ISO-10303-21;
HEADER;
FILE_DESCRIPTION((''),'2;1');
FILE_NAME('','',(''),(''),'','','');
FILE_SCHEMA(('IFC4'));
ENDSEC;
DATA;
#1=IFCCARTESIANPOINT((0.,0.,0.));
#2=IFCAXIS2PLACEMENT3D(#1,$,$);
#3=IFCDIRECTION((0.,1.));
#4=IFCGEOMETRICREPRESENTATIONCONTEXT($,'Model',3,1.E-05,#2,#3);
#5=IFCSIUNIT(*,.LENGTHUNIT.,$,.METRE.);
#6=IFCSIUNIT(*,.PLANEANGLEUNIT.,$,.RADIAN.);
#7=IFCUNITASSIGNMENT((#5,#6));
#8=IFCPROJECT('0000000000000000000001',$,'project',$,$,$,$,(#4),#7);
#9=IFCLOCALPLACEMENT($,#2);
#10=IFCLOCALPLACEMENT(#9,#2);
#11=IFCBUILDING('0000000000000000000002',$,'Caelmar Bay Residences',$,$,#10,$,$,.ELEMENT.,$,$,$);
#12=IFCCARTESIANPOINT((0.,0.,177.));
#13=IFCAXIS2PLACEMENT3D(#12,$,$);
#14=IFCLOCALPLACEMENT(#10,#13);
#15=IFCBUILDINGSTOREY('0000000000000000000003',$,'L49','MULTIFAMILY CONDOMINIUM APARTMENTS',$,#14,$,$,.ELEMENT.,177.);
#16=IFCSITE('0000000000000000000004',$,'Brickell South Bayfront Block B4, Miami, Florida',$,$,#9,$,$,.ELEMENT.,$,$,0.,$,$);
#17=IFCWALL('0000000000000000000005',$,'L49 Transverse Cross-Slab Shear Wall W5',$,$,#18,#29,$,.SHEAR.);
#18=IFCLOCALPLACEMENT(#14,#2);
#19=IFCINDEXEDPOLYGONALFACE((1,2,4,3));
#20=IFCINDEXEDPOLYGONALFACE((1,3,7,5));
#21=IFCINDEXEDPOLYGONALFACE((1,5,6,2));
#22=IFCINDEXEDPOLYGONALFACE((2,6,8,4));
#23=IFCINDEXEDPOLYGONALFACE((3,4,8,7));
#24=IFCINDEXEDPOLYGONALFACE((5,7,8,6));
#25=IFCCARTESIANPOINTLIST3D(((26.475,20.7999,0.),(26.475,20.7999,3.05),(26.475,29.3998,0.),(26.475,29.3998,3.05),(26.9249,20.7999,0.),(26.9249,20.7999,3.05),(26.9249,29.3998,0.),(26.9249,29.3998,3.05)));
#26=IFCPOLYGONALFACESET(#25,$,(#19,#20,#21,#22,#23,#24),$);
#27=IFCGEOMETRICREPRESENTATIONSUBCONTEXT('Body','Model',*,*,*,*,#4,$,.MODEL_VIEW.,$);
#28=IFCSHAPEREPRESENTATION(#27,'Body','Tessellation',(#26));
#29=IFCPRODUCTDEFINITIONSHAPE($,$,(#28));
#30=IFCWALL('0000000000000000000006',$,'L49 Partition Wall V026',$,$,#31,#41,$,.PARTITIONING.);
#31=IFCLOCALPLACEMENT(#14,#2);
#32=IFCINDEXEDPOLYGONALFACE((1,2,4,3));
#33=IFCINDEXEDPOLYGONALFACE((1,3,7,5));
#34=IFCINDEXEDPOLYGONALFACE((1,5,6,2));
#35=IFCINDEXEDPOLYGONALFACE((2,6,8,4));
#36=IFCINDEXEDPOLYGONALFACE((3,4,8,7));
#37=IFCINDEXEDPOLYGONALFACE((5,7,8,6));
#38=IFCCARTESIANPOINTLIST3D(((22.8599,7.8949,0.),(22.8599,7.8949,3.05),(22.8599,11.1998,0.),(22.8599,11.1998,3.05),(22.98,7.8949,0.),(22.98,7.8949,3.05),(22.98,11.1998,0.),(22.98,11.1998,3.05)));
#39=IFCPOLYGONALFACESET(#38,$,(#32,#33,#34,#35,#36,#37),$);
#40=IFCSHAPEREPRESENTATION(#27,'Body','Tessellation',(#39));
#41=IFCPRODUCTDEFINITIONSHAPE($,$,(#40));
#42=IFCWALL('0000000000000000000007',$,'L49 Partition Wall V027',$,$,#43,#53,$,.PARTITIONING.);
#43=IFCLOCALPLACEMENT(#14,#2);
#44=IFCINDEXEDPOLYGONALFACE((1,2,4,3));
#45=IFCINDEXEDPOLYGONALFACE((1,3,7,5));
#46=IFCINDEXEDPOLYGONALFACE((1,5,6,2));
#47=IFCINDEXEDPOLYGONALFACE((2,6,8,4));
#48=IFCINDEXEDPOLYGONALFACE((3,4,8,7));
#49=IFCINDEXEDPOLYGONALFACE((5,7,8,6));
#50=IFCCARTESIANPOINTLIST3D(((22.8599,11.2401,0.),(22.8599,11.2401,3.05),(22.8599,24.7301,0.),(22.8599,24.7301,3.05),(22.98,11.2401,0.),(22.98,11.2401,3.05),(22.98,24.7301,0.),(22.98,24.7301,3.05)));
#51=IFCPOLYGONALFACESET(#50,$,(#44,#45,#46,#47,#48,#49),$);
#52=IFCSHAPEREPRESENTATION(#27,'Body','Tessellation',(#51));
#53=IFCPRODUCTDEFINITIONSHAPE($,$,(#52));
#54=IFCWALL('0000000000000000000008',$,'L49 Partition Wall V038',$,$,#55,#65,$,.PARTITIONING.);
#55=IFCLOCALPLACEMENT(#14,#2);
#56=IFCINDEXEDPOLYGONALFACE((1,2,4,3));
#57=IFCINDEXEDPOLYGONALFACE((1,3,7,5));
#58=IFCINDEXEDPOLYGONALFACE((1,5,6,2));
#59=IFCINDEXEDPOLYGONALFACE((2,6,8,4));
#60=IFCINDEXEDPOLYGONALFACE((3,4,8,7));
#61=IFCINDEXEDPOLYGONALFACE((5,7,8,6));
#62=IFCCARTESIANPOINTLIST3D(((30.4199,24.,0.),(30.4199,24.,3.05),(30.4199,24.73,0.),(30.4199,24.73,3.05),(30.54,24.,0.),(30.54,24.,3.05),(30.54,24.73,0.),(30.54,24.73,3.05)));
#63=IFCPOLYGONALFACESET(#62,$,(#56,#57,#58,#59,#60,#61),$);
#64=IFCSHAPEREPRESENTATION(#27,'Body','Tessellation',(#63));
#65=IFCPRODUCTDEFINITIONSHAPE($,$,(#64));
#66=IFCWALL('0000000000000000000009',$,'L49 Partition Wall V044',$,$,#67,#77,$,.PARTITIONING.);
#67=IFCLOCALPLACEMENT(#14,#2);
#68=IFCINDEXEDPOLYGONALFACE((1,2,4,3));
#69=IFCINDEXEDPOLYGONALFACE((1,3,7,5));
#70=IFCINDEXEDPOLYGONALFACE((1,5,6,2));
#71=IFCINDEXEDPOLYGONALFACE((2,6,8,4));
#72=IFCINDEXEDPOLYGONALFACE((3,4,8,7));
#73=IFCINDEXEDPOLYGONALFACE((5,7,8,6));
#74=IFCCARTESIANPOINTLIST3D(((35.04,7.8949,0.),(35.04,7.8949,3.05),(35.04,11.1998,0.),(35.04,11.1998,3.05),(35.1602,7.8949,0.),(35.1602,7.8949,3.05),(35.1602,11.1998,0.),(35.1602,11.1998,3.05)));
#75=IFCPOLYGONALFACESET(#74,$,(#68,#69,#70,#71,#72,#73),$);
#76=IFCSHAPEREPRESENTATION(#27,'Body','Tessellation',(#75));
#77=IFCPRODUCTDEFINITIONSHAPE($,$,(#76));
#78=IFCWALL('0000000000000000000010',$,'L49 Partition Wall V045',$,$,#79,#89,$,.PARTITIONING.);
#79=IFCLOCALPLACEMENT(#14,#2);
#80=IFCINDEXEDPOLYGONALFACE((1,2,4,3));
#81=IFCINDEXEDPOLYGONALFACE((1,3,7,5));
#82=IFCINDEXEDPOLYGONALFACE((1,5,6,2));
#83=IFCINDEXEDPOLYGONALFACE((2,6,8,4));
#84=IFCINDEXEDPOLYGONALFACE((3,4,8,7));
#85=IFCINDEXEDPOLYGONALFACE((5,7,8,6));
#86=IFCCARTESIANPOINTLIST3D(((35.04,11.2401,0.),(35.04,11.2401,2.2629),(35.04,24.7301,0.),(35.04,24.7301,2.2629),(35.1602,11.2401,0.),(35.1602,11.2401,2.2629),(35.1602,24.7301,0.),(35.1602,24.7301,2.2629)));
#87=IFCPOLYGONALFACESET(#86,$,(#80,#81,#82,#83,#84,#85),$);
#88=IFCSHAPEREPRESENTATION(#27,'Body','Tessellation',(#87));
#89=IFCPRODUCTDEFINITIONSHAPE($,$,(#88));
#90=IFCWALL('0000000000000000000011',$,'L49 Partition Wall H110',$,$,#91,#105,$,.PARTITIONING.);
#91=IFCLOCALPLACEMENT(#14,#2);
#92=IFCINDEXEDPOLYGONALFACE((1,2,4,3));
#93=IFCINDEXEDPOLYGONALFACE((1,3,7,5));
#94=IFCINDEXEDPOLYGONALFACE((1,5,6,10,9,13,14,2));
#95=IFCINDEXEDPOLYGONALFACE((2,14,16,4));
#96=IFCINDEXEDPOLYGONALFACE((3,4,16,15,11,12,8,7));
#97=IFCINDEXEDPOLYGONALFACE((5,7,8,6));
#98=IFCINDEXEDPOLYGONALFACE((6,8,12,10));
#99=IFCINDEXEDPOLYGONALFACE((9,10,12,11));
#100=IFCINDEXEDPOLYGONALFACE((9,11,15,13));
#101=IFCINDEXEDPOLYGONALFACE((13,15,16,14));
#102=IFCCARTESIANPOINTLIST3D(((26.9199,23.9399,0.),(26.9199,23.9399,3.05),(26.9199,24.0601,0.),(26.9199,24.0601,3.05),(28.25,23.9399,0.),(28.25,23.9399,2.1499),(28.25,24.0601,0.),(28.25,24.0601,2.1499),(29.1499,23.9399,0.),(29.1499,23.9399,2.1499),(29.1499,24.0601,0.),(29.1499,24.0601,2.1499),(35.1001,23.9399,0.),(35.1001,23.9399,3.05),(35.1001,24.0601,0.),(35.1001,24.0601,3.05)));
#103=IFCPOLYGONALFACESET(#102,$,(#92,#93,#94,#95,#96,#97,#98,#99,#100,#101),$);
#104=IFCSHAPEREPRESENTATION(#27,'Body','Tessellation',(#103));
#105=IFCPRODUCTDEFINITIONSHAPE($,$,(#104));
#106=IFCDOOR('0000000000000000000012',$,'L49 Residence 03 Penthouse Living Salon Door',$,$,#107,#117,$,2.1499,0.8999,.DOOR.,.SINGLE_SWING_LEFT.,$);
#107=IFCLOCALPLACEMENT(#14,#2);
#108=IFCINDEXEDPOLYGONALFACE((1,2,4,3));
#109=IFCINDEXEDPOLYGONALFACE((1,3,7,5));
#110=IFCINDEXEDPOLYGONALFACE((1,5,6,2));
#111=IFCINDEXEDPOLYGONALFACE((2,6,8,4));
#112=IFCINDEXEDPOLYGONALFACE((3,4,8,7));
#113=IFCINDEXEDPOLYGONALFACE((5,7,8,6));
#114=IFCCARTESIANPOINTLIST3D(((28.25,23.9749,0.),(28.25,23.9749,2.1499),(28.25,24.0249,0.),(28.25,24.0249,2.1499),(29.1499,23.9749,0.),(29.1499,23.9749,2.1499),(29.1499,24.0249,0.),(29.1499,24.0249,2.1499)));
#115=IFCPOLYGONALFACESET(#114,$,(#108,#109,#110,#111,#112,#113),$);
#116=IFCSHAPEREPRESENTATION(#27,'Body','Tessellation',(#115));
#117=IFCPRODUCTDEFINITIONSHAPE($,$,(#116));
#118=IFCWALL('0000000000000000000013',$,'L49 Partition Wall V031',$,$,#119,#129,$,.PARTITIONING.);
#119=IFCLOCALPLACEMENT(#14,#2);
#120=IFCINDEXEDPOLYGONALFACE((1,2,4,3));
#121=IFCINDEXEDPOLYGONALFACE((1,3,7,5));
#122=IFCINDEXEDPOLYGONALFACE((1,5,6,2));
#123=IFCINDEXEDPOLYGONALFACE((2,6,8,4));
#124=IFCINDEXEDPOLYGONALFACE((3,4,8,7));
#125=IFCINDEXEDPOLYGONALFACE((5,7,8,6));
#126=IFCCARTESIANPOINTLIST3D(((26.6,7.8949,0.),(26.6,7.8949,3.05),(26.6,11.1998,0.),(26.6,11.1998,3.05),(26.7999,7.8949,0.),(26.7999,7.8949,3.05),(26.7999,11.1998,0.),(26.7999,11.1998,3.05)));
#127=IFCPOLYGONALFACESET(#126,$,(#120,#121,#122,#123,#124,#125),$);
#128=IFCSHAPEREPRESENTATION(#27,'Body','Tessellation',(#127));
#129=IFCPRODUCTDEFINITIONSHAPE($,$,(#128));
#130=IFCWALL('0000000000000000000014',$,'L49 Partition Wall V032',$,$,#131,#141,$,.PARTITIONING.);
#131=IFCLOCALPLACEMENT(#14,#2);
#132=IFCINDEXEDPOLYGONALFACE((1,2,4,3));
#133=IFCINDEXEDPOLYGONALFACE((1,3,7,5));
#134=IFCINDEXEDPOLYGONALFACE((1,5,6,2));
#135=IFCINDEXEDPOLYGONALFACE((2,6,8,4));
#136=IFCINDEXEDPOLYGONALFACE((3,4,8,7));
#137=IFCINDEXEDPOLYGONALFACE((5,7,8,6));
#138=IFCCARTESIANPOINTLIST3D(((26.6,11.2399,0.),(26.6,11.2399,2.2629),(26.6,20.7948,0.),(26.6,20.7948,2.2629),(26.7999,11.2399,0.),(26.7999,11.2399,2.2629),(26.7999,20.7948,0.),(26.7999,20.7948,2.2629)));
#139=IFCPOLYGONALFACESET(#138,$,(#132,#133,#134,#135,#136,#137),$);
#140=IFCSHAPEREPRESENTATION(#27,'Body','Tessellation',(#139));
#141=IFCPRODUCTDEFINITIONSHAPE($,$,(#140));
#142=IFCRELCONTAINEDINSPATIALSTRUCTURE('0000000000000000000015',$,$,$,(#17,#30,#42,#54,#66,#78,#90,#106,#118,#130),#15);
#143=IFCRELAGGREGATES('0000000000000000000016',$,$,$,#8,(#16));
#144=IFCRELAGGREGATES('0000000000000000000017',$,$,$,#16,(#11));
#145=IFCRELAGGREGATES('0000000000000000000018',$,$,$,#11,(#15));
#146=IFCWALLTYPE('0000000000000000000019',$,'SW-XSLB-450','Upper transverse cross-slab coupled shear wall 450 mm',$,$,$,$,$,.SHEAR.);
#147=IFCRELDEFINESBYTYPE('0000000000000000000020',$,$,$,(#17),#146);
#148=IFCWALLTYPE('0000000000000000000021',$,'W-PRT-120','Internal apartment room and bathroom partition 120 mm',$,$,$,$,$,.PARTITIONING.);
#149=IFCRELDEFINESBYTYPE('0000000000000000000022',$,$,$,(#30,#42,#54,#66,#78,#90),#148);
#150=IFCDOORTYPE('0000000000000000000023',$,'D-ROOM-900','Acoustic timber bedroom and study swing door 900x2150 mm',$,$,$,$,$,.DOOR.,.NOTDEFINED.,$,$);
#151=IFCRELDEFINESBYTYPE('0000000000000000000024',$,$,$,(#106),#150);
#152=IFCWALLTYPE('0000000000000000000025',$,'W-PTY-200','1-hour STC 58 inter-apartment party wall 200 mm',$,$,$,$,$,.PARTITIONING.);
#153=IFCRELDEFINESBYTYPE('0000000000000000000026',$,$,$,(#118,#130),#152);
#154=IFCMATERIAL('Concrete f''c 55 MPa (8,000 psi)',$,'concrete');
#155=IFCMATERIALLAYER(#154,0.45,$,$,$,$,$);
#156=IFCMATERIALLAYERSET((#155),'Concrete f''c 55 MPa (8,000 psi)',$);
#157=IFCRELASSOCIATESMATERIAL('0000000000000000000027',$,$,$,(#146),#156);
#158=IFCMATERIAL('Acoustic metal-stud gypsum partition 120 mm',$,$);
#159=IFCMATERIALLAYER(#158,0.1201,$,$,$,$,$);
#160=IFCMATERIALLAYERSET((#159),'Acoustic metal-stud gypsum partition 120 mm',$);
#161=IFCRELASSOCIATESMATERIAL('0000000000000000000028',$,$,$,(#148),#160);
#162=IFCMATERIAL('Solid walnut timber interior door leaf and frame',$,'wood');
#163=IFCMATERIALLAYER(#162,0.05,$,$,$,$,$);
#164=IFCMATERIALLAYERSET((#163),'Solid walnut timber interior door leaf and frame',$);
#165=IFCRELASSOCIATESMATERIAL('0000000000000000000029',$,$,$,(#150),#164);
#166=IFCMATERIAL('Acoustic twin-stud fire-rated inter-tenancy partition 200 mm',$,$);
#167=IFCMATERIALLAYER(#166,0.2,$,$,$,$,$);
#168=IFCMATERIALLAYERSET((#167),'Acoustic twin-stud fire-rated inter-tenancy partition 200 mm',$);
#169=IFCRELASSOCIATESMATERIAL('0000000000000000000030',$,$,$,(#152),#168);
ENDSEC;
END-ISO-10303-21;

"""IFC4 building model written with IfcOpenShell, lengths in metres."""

from ifc_helpers import new_model, si_unit, direction, frame, frame_2d, origin, place, context, subcontext, project, spatial, rectangle, extrude, material, layer, layer_set, type_object, element, fill, save


model = new_model("IFC4")

# Units and contexts
model_context = context("Model", 3, precision=1e-05, world=origin(), true_north=direction((0.0, 1.0)))
body_context = subcontext(model_context, "Body", "Model", "MODEL_VIEW")
ifc_project = project(units=[si_unit("LENGTHUNIT", "METRE"), si_unit("PLANEANGLEUNIT", "RADIAN")], contexts=[model_context])

# Site, building, storey
site_placement = place(None, origin())
site = spatial("IfcSite", under=ifc_project, at=site_placement, Name="Brickell South Bayfront Block B4, Miami, Florida", CompositionType="ELEMENT", RefElevation=0.0)
building_placement = place(site_placement, origin())
building = spatial("IfcBuilding", under=site, at=building_placement, Name="Caelmar Bay Residences", CompositionType="ELEMENT")
storey_placement = place(building_placement, frame((0.0, 0.0, 177.0)))
storey = spatial("IfcBuildingStorey", under=building, at=storey_placement, Name="L49", Description="MULTIFAMILY CONDOMINIUM APARTMENTS", CompositionType="ELEMENT", Elevation=177.0)

# Shared definitions
ifc_material_1 = material(Name="Concrete f'c 55 MPa (8,000 psi)", Category="concrete")

# Walls
ifc_layer_1 = layer(ifc_material_1, 0.45)
ifc_layer_set_1 = layer_set([ifc_layer_1], Name="Concrete f'c 55 MPa (8,000 psi)")
wall_type_1 = type_object("IfcWallType", Name="SW-XSLB-450", Description="Upper transverse cross-slab coupled shear wall 450 mm", PredefinedType="SHEAR", material=ifc_layer_set_1)
wall_1_placement = place(storey_placement, frame((26.7, 20.8, 0.0), z_axis=(0.0, 0.0, 1.0), x_axis=(0.0, 1.0, 0.0)))
element("IfcWall", 1, at=wall_1_placement, inside=storey, type_object=wall_type_1, Name="L49 Transverse Cross-Slab Shear Wall W5", PredefinedType="SHEAR", context=body_context, shape_type="SweptSolid", body=[
    extrude(rectangle(XDim=8.5999, YDim=0.45, at=frame_2d((4.2998, 0.0))), origin(), (0.0, 0.0, 1.0), 3.05),
])
ifc_material_2 = material(Name="Acoustic metal-stud gypsum partition 120 mm")
ifc_layer_2 = layer(ifc_material_2, 0.1201)
ifc_layer_set_2 = layer_set([ifc_layer_2], Name="Acoustic metal-stud gypsum partition 120 mm")
wall_type_2 = type_object("IfcWallType", Name="W-PRT-120", Description="Internal apartment room and bathroom partition 120 mm", PredefinedType="PARTITIONING", material=ifc_layer_set_2)
wall_2_placement = place(storey_placement, frame((22.9199, 7.895, 0.0), z_axis=(0.0, 0.0, 1.0), x_axis=(0.0, 1.0, 0.0)))
element("IfcWall", 2, at=wall_2_placement, inside=storey, type_object=wall_type_2, Name="L49 Partition Wall V026", PredefinedType="PARTITIONING", context=body_context, shape_type="SweptSolid", body=[
    extrude(rectangle(XDim=3.3049, YDim=0.1201, at=frame_2d((1.6523, 0.0))), origin(), (0.0, 0.0, 1.0), 3.05),
])
wall_3_placement = place(storey_placement, frame((22.9199, 11.24, 0.0), z_axis=(0.0, 0.0, 1.0), x_axis=(0.0, 1.0, 0.0)))
element("IfcWall", 3, at=wall_3_placement, inside=storey, type_object=wall_type_2, Name="L49 Partition Wall V027", PredefinedType="PARTITIONING", context=body_context, shape_type="SweptSolid", body=[
    extrude(rectangle(XDim=13.49, YDim=0.1201, at=frame_2d((6.7451, 0.0))), origin(), (0.0, 0.0, 1.0), 3.05),
])
wall_4_placement = place(storey_placement, frame((30.48, 24.0, 0.0), z_axis=(0.0, 0.0, 1.0), x_axis=(0.0, 1.0, 0.0)))
element("IfcWall", 4, at=wall_4_placement, inside=storey, type_object=wall_type_2, Name="L49 Partition Wall V038", PredefinedType="PARTITIONING", context=body_context, shape_type="SweptSolid", body=[
    extrude(rectangle(XDim=0.73, YDim=0.1201, at=frame_2d((0.365, 0.0))), origin(), (0.0, 0.0, 1.0), 3.05),
])
wall_5_placement = place(storey_placement, frame((35.1001, 7.895, 0.0), z_axis=(0.0, 0.0, 1.0), x_axis=(0.0, 1.0, 0.0)))
element("IfcWall", 5, at=wall_5_placement, inside=storey, type_object=wall_type_2, Name="L49 Partition Wall V044", PredefinedType="PARTITIONING", context=body_context, shape_type="SweptSolid", body=[
    extrude(rectangle(XDim=3.3049, YDim=0.1201, at=frame_2d((1.6523, 0.0))), origin(), (0.0, 0.0, 1.0), 3.05),
])
wall_6_placement = place(storey_placement, frame((35.1001, 11.24, 0.0), z_axis=(0.0, 0.0, 1.0), x_axis=(0.0, 1.0, 0.0)))
element("IfcWall", 6, at=wall_6_placement, inside=storey, type_object=wall_type_2, Name="L49 Partition Wall V045", PredefinedType="PARTITIONING", context=body_context, shape_type="SweptSolid", body=[
    extrude(rectangle(XDim=13.49, YDim=0.1201, at=frame_2d((6.7451, 0.0))), origin(), (0.0, 0.0, 1.0), 2.2629),
])

# Wall, opening, door
ifc_material_3 = material(Name="Solid walnut timber interior door leaf and frame", Category="wood")
ifc_layer_3 = layer(ifc_material_3, 0.05)
ifc_layer_set_3 = layer_set([ifc_layer_3], Name="Solid walnut timber interior door leaf and frame")
door_type = type_object("IfcDoorType", Name="D-ROOM-900", Description="Acoustic timber bedroom and study swing door 900x2150 mm", OperationType="NOTDEFINED", PredefinedType="DOOR", material=ifc_layer_set_3)
wall_7_placement = place(storey_placement, frame((26.9199, 24.0, 0.0), z_axis=(0.0, 0.0, 1.0), x_axis=(1.0, 0.0, 0.0)))
wall_7 = element("IfcWall", 7, at=wall_7_placement, inside=storey, type_object=wall_type_2, Name="L49 Partition Wall H110", PredefinedType="PARTITIONING", context=body_context, shape_type="SweptSolid", body=[
    extrude(rectangle(XDim=8.1802, YDim=0.1201, at=frame_2d((4.0901, 0.0))), origin(), (0.0, 0.0, 1.0), 3.05),
])
opening_1_placement = place(wall_7_placement, frame((1.3301, 0.0, 0.0)))
opening_1 = element("IfcOpeningElement", 8, at=opening_1_placement, cuts=wall_7, PredefinedType="OPENING", context=body_context, shape_type="SweptSolid", body=[
    extrude(rectangle(XDim=0.8999, YDim=2.1499, at=frame_2d((0.45, 1.075))), frame((0.0, 0.0701, 0.0), z_axis=(0.0, -1.0, 0.0), x_axis=(1.0, 0.0, 0.0)), (0.0, 0.0, 1.0), 0.1401),
])
door_1_placement = place(opening_1_placement, origin())
door_1 = element("IfcDoor", 9, at=door_1_placement, inside=storey, type_object=door_type, Name="L49 Residence 03 Penthouse Living Salon Door", OperationType="SINGLE_SWING_LEFT", OverallHeight=2.1499, OverallWidth=0.8999, PredefinedType="DOOR", context=body_context, shape_type="SweptSolid", body=[
    extrude(rectangle(XDim=0.8999, YDim=2.1499, at=frame_2d((0.45, 1.075))), frame((0.0, 0.0249, 0.0), z_axis=(0.0, -1.0, 0.0), x_axis=(1.0, 0.0, 0.0)), (0.0, 0.0, 1.0), 0.05),
])
fill(opening_1, door_1)

# Walls
ifc_material_4 = material(Name="Acoustic twin-stud fire-rated inter-tenancy partition 200 mm")
ifc_layer_4 = layer(ifc_material_4, 0.2)
ifc_layer_set_4 = layer_set([ifc_layer_4], Name="Acoustic twin-stud fire-rated inter-tenancy partition 200 mm")
wall_type_3 = type_object("IfcWallType", Name="W-PTY-200", Description="1-hour STC 58 inter-apartment party wall 200 mm", PredefinedType="PARTITIONING", material=ifc_layer_set_4)
wall_8_placement = place(storey_placement, frame((26.7, 7.895, 0.0), z_axis=(0.0, 0.0, 1.0), x_axis=(0.0, 1.0, 0.0)))
element("IfcWall", 10, at=wall_8_placement, inside=storey, type_object=wall_type_3, Name="L49 Partition Wall V031", PredefinedType="PARTITIONING", context=body_context, shape_type="SweptSolid", body=[
    extrude(rectangle(XDim=3.3049, YDim=0.2, at=frame_2d((1.6523, 0.0))), origin(), (0.0, 0.0, 1.0), 3.05),
])
wall_9_placement = place(storey_placement, frame((26.7, 11.24, 0.0), z_axis=(0.0, 0.0, 1.0), x_axis=(0.0, 1.0, 0.0)))
element("IfcWall", 11, at=wall_9_placement, inside=storey, type_object=wall_type_3, Name="L49 Partition Wall V032", PredefinedType="PARTITIONING", context=body_context, shape_type="SweptSolid", body=[
    extrude(rectangle(XDim=9.5549, YDim=0.2, at=frame_2d((4.7773, 0.0))), origin(), (0.0, 0.0, 1.0), 2.2629),
])

save(model, "model.ifc")
